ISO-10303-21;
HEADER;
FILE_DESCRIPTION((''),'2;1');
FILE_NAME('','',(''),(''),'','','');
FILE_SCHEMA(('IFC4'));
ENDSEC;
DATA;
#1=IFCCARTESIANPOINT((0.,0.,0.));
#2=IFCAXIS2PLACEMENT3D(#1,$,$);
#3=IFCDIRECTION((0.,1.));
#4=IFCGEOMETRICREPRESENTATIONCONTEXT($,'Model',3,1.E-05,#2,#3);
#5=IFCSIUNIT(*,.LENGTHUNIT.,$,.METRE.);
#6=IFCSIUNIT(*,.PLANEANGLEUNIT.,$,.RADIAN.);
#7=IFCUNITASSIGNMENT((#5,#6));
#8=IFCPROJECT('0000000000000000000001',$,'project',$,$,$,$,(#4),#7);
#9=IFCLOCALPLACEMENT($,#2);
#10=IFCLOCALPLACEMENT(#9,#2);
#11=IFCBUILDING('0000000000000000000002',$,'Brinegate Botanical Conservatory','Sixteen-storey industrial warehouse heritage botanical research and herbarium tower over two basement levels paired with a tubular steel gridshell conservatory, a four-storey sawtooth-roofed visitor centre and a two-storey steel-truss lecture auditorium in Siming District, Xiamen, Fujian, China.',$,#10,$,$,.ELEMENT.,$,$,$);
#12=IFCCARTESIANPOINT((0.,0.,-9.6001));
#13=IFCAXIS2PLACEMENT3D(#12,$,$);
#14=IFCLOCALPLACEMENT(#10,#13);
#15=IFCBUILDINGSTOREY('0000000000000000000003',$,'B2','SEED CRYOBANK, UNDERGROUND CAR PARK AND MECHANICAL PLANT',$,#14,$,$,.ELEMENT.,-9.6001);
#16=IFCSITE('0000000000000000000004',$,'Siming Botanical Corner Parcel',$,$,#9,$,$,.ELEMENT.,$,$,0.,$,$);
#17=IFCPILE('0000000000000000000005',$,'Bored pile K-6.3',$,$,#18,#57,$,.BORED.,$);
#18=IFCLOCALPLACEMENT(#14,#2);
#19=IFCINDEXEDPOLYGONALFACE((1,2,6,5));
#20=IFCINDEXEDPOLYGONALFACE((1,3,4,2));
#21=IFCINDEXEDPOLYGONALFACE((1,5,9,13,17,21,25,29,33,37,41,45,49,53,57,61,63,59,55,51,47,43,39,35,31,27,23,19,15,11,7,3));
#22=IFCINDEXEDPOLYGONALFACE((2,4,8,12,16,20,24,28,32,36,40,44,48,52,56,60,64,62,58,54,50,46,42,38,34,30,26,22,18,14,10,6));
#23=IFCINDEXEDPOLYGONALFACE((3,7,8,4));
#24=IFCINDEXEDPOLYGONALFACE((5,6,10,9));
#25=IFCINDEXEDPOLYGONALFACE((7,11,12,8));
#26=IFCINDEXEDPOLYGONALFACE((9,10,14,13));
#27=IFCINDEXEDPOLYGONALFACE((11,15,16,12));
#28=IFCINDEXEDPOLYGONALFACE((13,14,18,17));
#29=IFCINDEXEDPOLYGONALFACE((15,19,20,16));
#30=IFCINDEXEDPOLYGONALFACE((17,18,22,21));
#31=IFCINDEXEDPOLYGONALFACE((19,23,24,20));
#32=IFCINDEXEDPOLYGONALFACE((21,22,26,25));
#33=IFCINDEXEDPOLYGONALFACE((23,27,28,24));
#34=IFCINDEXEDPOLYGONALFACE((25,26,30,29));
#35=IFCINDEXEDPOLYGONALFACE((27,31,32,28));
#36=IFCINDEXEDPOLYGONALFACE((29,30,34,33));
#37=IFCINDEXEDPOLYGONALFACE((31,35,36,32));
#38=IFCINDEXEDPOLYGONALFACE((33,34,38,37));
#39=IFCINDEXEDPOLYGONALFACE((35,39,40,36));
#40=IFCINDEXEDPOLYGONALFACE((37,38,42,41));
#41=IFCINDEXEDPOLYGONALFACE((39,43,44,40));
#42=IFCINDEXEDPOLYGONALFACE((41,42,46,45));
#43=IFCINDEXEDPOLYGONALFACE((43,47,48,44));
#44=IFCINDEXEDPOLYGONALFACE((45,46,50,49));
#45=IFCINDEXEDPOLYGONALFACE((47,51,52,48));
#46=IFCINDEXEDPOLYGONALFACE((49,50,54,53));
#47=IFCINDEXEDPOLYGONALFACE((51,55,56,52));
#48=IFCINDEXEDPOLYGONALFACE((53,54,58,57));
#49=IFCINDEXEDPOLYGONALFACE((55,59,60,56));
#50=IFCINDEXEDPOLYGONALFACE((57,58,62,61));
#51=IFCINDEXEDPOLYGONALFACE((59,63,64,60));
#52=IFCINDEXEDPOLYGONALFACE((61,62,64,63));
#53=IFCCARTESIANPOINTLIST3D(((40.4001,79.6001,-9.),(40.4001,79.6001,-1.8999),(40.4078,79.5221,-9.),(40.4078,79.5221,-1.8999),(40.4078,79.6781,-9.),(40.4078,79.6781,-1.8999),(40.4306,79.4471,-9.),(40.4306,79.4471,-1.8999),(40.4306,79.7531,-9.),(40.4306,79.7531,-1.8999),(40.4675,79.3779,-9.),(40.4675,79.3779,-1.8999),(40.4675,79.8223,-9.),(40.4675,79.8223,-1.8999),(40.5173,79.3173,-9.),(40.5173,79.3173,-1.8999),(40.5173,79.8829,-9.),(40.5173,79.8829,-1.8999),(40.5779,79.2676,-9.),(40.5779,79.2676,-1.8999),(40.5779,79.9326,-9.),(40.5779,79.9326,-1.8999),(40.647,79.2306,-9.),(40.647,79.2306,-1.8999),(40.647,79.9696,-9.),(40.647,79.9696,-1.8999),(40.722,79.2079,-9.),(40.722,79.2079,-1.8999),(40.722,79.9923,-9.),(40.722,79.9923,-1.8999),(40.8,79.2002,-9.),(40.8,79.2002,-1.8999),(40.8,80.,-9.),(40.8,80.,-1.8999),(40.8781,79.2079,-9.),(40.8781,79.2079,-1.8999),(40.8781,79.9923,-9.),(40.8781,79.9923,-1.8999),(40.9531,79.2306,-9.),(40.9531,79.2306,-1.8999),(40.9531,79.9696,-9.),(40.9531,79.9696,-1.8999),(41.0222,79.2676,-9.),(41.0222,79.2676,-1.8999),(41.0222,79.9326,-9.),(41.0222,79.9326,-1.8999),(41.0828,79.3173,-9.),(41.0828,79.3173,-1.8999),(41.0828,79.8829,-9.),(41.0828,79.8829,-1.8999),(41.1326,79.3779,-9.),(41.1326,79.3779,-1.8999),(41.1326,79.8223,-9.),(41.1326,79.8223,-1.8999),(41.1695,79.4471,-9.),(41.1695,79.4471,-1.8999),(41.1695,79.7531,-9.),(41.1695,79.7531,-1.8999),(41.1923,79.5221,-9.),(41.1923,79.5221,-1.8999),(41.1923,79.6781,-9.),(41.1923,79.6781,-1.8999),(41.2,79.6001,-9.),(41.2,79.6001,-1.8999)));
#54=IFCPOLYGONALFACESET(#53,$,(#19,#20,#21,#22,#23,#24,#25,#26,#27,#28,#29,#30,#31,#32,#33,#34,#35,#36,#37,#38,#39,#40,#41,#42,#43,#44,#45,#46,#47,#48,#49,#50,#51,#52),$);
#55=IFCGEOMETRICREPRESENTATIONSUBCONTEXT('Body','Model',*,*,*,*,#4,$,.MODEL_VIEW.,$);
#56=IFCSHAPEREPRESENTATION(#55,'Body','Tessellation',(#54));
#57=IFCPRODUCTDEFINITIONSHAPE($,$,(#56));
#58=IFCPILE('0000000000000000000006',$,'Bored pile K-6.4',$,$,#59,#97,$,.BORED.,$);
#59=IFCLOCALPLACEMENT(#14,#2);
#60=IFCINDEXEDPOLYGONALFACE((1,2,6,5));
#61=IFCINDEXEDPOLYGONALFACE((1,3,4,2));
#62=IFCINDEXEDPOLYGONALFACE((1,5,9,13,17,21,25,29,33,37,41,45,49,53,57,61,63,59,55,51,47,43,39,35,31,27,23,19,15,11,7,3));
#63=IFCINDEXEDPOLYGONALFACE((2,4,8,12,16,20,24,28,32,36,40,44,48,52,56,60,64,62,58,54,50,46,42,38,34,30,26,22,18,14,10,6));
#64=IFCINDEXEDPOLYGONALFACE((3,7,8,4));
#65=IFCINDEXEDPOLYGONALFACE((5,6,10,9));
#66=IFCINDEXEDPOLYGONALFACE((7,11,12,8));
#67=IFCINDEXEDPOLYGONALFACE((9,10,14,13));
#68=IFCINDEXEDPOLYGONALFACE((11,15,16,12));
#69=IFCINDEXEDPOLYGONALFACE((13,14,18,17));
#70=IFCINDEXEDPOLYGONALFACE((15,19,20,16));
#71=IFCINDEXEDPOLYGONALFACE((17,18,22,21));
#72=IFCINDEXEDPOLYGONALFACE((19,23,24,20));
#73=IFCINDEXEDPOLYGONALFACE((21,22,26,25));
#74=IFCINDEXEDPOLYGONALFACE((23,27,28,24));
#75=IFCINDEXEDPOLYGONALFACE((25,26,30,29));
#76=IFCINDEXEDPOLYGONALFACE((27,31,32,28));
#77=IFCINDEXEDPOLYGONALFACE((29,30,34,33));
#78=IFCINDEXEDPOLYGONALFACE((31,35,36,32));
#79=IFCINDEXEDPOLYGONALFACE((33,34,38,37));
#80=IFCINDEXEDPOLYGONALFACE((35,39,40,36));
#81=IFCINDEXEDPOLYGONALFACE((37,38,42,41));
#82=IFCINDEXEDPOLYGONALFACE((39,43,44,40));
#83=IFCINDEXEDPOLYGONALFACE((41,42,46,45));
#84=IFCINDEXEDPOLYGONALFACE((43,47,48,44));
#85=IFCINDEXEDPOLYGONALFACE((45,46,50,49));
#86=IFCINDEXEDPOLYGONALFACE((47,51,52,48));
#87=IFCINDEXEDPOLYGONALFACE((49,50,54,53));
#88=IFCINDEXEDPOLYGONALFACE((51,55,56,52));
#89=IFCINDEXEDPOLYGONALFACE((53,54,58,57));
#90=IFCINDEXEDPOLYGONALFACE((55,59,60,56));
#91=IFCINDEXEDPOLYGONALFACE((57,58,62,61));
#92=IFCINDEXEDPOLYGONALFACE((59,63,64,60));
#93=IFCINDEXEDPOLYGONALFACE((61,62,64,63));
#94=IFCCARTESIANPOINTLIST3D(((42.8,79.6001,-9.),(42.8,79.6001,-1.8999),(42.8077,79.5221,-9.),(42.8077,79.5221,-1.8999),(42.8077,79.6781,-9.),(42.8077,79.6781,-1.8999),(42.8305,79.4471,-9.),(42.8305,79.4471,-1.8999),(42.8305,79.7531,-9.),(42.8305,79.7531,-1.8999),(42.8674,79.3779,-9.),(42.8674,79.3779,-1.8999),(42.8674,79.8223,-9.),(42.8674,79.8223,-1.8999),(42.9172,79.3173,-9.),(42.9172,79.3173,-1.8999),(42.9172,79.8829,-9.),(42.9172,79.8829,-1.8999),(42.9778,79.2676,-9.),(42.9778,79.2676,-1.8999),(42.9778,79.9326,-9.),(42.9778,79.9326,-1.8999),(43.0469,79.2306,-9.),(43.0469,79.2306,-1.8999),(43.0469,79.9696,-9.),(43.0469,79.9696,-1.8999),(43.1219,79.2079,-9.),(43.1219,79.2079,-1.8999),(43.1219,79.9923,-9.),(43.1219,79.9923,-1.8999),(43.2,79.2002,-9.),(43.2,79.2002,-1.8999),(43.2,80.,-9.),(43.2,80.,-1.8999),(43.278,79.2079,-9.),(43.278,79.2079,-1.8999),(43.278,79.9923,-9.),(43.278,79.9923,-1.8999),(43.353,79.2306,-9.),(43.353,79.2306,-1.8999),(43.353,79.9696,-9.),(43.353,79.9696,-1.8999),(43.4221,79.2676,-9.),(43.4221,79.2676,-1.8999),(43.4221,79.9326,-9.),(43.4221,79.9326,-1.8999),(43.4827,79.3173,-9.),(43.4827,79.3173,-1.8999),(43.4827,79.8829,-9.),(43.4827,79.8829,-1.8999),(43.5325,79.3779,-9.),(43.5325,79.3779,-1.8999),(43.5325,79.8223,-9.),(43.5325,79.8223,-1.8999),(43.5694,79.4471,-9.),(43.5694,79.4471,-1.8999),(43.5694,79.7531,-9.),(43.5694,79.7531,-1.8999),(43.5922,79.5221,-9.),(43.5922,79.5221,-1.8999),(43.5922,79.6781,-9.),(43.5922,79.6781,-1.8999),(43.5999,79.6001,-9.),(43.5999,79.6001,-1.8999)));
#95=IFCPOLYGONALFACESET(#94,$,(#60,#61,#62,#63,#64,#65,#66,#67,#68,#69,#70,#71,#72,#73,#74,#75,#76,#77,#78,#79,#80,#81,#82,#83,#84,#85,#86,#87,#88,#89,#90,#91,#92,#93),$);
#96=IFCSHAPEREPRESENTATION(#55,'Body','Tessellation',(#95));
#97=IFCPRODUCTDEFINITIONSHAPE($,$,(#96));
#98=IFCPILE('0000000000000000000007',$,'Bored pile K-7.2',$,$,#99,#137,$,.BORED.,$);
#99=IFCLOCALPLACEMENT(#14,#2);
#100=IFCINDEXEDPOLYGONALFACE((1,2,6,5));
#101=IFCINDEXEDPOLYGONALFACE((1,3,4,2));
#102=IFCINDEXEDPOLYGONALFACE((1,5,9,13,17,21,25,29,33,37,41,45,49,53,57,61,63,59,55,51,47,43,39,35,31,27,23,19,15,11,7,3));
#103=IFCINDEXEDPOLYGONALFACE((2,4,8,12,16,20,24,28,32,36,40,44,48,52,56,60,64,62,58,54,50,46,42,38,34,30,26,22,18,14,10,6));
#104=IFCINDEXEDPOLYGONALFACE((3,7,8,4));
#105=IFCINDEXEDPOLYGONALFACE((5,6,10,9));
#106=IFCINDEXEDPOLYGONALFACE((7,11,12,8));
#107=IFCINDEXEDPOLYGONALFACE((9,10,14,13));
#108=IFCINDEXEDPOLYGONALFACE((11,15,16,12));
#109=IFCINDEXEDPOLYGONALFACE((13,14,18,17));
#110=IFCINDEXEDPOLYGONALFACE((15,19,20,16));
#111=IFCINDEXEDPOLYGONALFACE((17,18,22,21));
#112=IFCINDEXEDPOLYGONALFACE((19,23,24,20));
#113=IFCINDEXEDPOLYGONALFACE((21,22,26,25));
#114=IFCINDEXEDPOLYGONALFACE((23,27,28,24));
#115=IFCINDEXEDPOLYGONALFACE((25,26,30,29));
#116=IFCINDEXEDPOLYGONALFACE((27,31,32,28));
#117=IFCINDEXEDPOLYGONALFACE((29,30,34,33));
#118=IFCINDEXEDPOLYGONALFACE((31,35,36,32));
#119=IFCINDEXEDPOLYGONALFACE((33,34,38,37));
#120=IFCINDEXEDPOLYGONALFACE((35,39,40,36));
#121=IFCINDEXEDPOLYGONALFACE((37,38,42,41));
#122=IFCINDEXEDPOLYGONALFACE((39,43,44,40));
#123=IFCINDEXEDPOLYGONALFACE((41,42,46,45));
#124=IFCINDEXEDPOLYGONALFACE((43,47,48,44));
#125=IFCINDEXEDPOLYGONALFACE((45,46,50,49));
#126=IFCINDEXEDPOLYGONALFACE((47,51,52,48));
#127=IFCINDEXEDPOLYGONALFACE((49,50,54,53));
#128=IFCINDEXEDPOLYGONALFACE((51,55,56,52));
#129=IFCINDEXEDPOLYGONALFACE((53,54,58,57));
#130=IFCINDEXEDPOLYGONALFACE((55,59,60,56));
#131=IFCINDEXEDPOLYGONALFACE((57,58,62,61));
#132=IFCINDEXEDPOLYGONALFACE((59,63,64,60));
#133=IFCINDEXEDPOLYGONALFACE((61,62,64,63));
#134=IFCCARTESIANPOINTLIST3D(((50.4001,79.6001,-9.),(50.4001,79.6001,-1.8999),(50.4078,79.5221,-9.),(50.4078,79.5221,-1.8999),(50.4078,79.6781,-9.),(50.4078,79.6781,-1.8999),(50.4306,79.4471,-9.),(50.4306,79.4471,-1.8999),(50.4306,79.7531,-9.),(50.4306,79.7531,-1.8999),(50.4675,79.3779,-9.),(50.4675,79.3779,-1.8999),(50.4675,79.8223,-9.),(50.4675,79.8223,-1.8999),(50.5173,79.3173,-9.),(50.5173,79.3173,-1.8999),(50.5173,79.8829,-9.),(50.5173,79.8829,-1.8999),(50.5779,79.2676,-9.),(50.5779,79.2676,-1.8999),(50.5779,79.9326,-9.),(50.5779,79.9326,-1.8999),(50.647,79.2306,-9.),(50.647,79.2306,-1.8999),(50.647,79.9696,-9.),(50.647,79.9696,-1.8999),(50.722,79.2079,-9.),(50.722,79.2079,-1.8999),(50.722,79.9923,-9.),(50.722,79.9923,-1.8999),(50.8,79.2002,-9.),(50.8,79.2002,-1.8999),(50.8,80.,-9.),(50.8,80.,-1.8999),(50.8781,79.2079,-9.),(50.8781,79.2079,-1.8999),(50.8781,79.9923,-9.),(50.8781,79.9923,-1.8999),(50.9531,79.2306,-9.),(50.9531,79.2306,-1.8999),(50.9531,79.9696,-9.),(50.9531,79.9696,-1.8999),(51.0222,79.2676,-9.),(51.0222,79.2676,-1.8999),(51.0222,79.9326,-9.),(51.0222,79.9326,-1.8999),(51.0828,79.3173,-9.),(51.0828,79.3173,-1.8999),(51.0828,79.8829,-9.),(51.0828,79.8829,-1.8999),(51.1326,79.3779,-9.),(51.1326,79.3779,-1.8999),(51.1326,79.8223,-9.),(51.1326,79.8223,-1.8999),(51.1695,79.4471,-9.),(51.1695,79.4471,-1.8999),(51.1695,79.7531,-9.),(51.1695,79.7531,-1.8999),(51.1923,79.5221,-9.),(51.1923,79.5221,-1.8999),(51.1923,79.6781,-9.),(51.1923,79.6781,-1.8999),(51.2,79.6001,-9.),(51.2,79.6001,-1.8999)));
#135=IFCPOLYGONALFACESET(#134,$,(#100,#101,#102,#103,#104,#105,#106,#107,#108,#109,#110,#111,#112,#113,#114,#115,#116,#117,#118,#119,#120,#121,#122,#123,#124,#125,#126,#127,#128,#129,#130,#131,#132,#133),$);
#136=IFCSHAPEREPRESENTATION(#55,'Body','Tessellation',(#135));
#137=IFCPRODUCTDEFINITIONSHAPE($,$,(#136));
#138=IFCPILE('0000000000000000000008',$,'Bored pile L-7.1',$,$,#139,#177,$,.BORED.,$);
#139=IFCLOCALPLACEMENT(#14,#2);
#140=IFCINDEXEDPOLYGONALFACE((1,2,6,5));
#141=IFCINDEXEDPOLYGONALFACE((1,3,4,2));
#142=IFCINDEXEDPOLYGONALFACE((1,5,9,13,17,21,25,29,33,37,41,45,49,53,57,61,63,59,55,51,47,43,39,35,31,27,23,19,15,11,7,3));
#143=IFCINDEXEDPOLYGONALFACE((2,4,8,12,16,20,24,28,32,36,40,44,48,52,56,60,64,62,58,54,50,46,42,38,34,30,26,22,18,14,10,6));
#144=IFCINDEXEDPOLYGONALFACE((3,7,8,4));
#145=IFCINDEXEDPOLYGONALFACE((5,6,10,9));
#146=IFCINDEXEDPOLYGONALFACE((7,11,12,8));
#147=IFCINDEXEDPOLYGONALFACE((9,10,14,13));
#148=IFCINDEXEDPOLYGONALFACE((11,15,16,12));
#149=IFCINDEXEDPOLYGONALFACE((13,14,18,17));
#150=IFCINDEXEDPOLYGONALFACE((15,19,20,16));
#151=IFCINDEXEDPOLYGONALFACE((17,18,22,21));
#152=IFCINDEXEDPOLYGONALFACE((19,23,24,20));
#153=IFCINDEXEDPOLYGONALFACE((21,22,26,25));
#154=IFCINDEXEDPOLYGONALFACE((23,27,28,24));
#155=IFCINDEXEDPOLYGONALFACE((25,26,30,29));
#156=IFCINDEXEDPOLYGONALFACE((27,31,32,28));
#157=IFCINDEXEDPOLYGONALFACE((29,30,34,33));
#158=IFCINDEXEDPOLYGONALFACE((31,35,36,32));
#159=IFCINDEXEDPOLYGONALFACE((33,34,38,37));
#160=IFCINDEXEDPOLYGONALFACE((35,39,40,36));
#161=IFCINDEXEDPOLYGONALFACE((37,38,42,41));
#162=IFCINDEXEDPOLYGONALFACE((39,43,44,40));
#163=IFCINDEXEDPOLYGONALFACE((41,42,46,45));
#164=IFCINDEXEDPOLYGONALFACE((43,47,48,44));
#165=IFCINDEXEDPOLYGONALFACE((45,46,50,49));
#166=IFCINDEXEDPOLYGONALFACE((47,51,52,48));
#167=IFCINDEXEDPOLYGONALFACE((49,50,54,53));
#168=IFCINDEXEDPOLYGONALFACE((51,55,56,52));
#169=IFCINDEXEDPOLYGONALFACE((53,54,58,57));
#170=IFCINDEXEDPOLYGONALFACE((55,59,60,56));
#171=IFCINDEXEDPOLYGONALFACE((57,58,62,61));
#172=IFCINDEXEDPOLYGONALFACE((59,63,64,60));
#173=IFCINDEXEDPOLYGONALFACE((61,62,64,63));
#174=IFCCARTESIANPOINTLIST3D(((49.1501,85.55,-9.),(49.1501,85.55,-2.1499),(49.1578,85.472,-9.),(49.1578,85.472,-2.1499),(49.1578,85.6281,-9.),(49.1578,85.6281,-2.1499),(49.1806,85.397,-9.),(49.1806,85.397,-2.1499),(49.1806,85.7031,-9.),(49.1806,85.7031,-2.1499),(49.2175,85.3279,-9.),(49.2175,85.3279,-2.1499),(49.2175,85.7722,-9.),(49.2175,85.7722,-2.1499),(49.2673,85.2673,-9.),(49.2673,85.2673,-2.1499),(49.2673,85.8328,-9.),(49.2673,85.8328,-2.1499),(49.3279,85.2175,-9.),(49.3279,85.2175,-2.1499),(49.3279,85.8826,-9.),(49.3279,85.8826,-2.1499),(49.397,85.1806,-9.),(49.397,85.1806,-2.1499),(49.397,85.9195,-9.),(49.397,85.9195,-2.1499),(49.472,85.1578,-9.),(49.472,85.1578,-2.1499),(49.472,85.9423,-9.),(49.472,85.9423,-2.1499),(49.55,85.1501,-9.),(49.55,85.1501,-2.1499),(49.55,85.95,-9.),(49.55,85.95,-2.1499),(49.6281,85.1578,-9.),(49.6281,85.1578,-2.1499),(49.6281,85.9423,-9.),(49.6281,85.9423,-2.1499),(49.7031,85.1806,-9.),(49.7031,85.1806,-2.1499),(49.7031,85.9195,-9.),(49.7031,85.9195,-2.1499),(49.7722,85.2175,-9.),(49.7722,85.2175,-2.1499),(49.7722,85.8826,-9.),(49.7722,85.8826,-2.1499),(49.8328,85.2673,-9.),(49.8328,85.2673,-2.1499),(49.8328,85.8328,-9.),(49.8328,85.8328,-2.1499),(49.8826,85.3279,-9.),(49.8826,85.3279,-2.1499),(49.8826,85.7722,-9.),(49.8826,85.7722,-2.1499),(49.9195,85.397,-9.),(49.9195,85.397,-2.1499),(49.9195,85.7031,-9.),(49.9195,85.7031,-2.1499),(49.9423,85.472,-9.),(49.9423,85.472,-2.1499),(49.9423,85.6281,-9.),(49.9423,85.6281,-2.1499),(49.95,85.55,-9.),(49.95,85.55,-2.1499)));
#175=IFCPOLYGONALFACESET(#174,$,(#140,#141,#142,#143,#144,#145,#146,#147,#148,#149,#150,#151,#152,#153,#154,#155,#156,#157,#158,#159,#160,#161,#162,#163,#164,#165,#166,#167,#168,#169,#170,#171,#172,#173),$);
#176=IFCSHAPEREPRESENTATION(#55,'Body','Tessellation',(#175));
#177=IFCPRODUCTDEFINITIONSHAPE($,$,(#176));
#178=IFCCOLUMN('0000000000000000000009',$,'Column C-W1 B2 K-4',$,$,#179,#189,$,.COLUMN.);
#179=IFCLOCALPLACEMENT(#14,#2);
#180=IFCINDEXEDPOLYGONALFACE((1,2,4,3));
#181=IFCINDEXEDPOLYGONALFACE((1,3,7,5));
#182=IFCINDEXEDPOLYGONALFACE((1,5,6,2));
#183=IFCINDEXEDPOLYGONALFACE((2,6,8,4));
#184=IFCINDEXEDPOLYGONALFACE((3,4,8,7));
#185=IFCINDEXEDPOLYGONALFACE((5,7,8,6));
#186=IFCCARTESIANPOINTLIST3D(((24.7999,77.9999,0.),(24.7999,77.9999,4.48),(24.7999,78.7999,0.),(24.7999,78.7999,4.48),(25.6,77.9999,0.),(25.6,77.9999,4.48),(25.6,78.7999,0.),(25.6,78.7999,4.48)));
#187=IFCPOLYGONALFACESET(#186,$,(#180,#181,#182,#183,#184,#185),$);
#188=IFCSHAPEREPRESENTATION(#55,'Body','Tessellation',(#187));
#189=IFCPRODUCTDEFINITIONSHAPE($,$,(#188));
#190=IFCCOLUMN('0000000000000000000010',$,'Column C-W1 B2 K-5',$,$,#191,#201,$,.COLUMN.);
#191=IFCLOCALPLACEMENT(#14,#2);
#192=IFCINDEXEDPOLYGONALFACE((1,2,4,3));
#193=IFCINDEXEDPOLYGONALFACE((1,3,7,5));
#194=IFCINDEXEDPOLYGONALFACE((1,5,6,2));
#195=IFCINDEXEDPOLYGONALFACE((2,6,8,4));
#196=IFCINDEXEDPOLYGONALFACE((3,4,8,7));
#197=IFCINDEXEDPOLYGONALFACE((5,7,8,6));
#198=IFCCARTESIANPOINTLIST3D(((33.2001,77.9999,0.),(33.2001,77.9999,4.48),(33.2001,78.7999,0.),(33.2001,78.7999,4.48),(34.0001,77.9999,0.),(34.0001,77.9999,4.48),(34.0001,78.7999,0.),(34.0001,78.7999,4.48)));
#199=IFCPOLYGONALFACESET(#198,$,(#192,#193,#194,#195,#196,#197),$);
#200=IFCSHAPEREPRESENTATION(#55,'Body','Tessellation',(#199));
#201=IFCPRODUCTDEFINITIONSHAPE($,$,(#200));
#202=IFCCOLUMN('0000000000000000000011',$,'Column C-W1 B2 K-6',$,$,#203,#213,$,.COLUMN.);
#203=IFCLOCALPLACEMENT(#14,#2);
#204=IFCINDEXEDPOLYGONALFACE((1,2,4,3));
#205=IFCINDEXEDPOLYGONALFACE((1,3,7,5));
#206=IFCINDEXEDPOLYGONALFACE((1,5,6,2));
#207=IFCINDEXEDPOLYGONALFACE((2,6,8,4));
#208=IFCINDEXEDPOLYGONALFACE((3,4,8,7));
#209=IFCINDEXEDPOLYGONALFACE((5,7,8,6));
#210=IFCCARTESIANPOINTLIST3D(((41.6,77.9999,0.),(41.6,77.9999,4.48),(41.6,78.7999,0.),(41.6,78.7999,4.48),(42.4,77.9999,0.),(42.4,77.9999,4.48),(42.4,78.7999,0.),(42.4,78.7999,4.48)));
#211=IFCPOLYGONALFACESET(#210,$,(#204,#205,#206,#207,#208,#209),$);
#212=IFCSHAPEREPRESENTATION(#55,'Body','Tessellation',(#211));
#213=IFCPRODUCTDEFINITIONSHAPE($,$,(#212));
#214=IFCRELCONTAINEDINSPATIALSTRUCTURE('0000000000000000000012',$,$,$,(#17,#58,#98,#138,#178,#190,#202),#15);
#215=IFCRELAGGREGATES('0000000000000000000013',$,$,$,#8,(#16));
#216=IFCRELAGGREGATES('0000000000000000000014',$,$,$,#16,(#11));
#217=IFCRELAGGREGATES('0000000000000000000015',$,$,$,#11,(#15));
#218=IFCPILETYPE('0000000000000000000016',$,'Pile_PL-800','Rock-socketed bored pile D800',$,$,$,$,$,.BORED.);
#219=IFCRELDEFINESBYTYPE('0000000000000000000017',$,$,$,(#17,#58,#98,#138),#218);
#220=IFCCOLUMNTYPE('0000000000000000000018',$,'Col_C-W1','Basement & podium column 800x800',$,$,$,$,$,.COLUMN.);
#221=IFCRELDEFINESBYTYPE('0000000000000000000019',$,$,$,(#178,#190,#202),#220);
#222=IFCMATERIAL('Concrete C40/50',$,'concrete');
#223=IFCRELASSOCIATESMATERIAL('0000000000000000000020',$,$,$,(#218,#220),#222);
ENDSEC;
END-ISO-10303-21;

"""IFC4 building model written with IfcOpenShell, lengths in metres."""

from ifc_helpers import new_model, si_unit, direction, frame, origin, origin_2d, place, context, subcontext, project, spatial, rectangle, circle, extrude, material, material_profile, profile_set, type_object, element, save


model = new_model("IFC4")

# Units and contexts
model_context = context("Model", 3, precision=1e-05, world=origin(), true_north=direction((0.0, 1.0)))
body_context = subcontext(model_context, "Body", "Model", "MODEL_VIEW")
ifc_project = project(units=[si_unit("LENGTHUNIT", "METRE"), si_unit("PLANEANGLEUNIT", "RADIAN")], contexts=[model_context])

# Site, building, storey
site_placement = place(None, origin())
site = spatial("IfcSite", under=ifc_project, at=site_placement, Name="Siming Botanical Corner Parcel", CompositionType="ELEMENT", RefElevation=0.0)
building_placement = place(site_placement, origin())
building = spatial("IfcBuilding", under=site, at=building_placement, Name="Brinegate Botanical Conservatory", Description="Sixteen-storey industrial warehouse heritage botanical research and herbarium tower over two basement levels paired with a tubular steel gridshell conservatory, a four-storey sawtooth-roofed visitor centre and a two-storey steel-truss lecture auditorium in Siming District, Xiamen, Fujian, China.", CompositionType="ELEMENT")
storey_placement = place(building_placement, frame((0.0, 0.0, -9.6001)))
storey = spatial("IfcBuildingStorey", under=building, at=storey_placement, Name="B2", Description="SEED CRYOBANK, UNDERGROUND CAR PARK AND MECHANICAL PLANT", CompositionType="ELEMENT", Elevation=-9.6001)

# Shared definitions
ifc_material_1 = material(Name="Concrete C40/50", Category="concrete")

# Piles
ifc_material_profile_1 = material_profile(ifc_material_1, circle(Radius=0.3999, at=origin_2d()), Name="PILE D800")
ifc_profile_set_1 = profile_set([ifc_material_profile_1], Name="Concrete C40/50")
pile_type = type_object("IfcPileType", Name="Pile_PL-800", Description="Rock-socketed bored pile D800", PredefinedType="BORED", material=ifc_profile_set_1)
for number, where, z_axis, x_axis, name in (
    (1, (40.8, 79.6001, -1.8999), (0.0, 0.0, -1.0), (1.0, 0.0, 0.0), "Bored pile K-6.3"),
    (2, (43.2, 79.6001, -1.8999), (0.0, 0.0, -1.0), (1.0, 0.0, 0.0), "Bored pile K-6.4"),
    (3, (50.8, 79.6001, -1.8999), (0.0, 0.0, -1.0), (1.0, 0.0, 0.0), "Bored pile K-7.2"),
):
    element("IfcPile", number, at=place(storey_placement, frame(where, z_axis=z_axis, x_axis=x_axis)), inside=storey, type_object=pile_type, Name=name, PredefinedType="BORED", context=body_context, shape_type="SweptSolid", body=[
        extrude(circle(Radius=0.3999, at=origin_2d()), origin(), (0.0, 0.0, 1.0), 7.1001),
    ])
pile_placement = place(storey_placement, frame((49.55, 85.55, -2.1499), z_axis=(0.0, 0.0, -1.0), x_axis=(1.0, 0.0, 0.0)))
element("IfcPile", 4, at=pile_placement, inside=storey, type_object=pile_type, Name="Bored pile L-7.1", PredefinedType="BORED", context=body_context, shape_type="SweptSolid", body=[
    extrude(circle(Radius=0.3999, at=origin_2d()), origin(), (0.0, 0.0, 1.0), 6.8501),
])

# Columns
ifc_material_profile_2 = material_profile(ifc_material_1, rectangle(XDim=0.8, YDim=0.8, at=origin_2d()), Name="RC COL 800x800")
ifc_profile_set_2 = profile_set([ifc_material_profile_2], Name="Concrete C40/50")
column_type_1 = type_object("IfcColumnType", Name="Col_C-W1", Description="Basement & podium column 800x800", PredefinedType="COLUMN", material=ifc_profile_set_2)
for number, where, z_axis, x_axis, name in (
    (5, (25.2, 78.3999, 0.0), (0.0, 0.0, 1.0), (1.0, 0.0, 0.0), "Column C-W1 B2 K-4"),
    (6, (33.6001, 78.3999, 0.0), (0.0, 0.0, 1.0), (1.0, 0.0, 0.0), "Column C-W1 B2 K-5"),
    (7, (42.0, 78.3999, 0.0), (0.0, 0.0, 1.0), (1.0, 0.0, 0.0), "Column C-W1 B2 K-6"),
):
    element("IfcColumn", number, at=place(storey_placement, frame(where, z_axis=z_axis, x_axis=x_axis)), inside=storey, type_object=column_type_1, Name=name, PredefinedType="COLUMN", context=body_context, shape_type="SweptSolid", body=[
        extrude(rectangle(XDim=0.8, YDim=0.8, at=origin_2d()), origin(), (0.0, 0.0, 1.0), 4.48),
    ])

save(model, "model.ifc")
